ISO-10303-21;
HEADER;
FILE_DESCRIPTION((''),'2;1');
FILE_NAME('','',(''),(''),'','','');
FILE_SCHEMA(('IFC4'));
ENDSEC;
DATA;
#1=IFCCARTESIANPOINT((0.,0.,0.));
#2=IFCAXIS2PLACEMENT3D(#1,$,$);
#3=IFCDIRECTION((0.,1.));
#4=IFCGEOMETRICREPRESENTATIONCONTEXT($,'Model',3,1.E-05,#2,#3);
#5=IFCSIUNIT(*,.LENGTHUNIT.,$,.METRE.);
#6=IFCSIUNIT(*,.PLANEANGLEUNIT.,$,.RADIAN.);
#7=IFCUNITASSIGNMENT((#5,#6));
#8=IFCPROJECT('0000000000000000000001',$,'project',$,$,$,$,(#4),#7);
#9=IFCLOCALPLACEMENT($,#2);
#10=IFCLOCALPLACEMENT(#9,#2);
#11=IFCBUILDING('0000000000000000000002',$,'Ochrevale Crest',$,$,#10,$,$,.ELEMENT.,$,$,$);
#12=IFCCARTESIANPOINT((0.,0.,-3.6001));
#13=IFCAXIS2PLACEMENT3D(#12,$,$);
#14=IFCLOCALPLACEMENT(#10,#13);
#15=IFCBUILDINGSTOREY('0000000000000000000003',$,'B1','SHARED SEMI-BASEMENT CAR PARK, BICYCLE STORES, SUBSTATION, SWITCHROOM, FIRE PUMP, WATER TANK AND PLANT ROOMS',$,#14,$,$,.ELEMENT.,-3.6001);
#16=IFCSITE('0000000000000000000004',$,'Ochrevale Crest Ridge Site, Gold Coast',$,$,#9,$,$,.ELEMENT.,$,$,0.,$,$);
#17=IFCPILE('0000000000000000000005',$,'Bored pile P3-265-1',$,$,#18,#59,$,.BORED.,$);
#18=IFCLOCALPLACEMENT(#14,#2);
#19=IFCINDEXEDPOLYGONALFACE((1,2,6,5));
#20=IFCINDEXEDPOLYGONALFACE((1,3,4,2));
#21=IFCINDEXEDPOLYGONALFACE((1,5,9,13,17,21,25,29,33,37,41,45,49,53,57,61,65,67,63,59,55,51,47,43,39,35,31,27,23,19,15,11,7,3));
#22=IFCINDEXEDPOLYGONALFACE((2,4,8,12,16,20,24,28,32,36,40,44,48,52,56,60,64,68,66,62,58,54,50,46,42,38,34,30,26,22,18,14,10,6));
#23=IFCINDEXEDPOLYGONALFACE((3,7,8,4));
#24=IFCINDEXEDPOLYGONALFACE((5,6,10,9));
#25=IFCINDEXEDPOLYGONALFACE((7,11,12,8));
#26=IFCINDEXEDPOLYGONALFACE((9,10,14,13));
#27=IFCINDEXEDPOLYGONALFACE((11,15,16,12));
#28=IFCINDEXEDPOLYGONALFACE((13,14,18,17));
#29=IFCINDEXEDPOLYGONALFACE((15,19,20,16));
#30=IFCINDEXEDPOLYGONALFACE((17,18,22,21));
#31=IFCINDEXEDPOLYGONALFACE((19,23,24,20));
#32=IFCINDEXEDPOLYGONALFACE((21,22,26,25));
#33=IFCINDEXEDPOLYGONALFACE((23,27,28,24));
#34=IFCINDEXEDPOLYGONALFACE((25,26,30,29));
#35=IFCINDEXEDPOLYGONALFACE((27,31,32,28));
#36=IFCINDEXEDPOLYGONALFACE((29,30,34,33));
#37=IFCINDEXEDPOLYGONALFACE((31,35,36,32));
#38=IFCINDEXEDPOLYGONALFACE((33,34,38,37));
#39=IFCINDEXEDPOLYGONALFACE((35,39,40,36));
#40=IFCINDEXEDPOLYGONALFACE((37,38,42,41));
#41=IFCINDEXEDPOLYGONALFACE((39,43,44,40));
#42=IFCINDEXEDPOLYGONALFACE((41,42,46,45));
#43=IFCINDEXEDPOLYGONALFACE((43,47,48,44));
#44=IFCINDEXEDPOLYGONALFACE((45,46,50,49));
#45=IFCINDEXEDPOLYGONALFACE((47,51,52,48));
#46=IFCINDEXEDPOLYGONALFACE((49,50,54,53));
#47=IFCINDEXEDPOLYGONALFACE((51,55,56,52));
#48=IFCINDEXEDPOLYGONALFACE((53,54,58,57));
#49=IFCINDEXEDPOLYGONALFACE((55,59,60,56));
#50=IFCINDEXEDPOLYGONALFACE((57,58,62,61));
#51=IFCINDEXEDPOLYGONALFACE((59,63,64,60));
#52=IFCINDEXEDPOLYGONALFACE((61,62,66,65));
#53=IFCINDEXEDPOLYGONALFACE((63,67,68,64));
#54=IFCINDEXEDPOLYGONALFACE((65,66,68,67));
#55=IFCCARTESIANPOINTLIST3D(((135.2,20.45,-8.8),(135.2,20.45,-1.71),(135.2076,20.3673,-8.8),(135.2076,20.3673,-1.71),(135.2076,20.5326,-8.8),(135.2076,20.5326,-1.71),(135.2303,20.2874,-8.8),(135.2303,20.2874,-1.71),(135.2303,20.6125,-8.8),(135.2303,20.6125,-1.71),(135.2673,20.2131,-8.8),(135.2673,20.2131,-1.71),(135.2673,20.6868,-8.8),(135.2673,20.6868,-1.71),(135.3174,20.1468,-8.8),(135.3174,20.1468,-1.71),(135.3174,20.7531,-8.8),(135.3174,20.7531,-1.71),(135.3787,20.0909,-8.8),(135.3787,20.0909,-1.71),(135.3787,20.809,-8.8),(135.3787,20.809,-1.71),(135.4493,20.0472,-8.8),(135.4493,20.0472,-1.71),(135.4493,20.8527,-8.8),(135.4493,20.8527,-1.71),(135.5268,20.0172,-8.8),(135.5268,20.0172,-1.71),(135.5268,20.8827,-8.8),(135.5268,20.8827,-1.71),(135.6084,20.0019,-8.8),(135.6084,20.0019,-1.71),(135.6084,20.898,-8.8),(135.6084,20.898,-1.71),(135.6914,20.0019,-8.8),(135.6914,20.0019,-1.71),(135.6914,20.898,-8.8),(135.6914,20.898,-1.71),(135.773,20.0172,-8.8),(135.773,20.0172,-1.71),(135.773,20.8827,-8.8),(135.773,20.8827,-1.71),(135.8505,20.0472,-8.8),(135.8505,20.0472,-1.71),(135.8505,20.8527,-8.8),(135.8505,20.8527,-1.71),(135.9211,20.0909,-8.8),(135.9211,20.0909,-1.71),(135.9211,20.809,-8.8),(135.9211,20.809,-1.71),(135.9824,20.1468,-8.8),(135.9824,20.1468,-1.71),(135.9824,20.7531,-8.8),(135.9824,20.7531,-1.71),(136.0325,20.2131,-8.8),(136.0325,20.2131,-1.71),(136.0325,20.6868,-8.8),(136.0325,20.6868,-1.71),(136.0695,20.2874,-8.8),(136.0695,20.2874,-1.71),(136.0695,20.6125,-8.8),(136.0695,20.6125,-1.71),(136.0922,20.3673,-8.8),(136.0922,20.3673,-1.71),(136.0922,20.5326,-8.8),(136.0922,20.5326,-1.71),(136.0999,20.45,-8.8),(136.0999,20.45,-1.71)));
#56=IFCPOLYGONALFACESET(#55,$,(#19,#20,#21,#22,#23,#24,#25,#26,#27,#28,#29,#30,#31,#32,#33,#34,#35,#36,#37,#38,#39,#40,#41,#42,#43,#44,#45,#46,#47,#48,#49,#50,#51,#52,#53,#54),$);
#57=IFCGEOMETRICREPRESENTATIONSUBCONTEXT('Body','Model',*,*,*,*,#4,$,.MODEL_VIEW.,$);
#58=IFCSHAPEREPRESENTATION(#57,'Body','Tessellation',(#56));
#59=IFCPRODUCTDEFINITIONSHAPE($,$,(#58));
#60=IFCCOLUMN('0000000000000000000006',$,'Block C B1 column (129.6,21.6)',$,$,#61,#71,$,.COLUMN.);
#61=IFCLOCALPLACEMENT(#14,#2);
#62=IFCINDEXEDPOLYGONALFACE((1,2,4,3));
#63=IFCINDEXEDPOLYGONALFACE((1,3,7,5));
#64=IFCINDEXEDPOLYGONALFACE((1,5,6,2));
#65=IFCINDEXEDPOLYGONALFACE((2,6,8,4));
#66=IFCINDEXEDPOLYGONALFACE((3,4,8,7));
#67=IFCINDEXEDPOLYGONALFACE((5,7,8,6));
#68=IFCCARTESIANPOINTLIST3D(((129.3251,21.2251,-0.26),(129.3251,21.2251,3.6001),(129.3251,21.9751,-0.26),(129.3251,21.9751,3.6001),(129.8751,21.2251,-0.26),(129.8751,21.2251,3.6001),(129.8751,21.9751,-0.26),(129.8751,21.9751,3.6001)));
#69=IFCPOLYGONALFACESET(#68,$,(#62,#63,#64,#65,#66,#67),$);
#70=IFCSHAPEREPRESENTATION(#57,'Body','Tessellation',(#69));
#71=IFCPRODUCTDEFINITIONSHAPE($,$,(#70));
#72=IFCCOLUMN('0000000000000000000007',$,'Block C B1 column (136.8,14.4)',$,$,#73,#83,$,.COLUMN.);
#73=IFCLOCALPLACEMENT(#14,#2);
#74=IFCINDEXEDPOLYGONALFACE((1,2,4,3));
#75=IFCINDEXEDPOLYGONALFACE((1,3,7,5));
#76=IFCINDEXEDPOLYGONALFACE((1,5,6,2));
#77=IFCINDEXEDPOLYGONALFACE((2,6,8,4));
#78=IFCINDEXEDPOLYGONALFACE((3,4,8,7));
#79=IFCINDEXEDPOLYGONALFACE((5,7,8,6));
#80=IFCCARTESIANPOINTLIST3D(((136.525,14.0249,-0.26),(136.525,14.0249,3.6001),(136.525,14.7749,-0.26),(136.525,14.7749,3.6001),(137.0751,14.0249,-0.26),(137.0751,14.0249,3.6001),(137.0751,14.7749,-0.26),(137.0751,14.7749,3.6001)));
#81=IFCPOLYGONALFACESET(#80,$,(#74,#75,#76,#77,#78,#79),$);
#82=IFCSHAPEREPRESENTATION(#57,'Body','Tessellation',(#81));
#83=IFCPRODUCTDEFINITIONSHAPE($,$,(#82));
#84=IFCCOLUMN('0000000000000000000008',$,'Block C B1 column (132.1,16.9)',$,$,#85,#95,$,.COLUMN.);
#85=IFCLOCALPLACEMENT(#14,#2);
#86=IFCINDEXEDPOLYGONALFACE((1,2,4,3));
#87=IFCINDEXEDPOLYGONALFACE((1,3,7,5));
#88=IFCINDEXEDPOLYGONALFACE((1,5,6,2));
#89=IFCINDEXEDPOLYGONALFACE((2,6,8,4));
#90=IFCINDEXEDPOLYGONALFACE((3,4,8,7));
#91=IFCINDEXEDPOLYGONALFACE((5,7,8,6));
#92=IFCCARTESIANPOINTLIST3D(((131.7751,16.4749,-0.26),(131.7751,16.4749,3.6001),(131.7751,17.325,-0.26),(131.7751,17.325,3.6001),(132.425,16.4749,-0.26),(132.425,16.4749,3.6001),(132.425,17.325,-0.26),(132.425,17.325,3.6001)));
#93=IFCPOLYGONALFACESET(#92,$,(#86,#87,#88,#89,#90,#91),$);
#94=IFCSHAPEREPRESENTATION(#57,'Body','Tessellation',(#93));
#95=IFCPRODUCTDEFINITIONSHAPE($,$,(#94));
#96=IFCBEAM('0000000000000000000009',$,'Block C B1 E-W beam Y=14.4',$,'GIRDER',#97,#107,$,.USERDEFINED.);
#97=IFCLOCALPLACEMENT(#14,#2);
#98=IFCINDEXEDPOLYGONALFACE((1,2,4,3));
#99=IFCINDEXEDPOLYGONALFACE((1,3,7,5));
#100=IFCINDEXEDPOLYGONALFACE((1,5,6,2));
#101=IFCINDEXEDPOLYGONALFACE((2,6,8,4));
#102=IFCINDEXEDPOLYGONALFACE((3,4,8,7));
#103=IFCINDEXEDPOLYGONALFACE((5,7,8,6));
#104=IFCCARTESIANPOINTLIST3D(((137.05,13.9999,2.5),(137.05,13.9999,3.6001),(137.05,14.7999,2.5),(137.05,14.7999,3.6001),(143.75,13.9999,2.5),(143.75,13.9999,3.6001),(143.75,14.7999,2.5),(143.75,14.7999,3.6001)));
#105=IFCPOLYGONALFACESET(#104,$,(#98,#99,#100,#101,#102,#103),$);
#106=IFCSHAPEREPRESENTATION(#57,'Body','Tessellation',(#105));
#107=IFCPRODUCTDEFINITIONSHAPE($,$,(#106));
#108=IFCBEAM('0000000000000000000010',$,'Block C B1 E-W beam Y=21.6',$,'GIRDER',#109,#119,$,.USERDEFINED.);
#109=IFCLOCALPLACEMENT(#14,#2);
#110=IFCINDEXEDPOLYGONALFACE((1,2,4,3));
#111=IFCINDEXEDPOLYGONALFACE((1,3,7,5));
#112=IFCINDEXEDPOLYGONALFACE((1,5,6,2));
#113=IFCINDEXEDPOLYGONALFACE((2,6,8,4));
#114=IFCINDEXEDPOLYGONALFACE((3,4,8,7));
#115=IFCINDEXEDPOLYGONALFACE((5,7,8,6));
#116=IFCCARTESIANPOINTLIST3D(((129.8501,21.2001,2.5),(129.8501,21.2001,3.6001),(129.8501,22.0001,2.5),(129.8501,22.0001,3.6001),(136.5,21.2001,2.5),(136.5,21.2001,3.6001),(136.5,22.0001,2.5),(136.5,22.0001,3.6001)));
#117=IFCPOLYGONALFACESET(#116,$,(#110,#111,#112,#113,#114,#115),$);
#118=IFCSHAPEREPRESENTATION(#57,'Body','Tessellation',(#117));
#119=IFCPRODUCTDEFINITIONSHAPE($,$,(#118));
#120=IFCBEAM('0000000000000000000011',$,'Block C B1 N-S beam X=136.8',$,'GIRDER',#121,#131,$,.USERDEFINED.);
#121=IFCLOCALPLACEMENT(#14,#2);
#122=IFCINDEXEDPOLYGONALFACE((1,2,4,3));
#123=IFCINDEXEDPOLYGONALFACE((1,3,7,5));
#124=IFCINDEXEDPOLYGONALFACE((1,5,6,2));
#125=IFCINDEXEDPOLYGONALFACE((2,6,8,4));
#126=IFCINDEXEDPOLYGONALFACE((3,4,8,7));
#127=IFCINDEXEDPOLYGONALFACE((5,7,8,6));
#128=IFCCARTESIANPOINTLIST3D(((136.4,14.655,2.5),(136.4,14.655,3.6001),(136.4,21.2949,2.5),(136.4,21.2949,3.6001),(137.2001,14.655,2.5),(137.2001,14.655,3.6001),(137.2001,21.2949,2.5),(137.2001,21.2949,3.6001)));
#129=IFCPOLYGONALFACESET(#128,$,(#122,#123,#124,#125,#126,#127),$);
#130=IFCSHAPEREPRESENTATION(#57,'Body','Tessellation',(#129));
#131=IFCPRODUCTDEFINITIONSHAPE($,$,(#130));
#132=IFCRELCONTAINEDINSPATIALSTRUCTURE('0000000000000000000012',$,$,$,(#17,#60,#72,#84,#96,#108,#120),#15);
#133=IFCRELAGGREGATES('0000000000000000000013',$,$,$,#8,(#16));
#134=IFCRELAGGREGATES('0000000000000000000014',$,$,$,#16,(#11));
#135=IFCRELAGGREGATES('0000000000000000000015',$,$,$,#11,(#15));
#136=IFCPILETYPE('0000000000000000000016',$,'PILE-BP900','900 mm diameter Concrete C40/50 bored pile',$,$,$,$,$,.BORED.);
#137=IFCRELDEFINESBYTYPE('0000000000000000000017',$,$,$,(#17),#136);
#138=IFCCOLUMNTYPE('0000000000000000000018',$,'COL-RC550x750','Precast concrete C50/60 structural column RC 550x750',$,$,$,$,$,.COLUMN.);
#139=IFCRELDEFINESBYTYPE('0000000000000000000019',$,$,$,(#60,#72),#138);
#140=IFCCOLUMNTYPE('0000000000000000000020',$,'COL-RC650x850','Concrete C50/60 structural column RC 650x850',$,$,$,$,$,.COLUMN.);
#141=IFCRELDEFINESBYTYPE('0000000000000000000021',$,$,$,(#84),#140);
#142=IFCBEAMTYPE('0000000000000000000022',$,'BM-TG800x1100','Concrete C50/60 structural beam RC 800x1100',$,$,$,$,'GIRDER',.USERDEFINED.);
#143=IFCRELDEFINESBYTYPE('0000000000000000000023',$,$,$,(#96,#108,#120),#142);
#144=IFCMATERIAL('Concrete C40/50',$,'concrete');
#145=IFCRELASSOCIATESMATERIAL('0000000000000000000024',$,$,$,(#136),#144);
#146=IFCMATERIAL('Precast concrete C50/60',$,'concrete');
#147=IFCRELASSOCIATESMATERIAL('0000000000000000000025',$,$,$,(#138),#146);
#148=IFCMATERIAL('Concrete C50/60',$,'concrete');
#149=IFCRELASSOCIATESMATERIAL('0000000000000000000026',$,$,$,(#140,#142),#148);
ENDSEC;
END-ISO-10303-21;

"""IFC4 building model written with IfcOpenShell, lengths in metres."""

from ifc_helpers import new_model, si_unit, direction, frame, origin, origin_2d, place, context, subcontext, project, spatial, rectangle, circle, extrude, material, material_profile, profile_set, type_object, element, save


model = new_model("IFC4")

# Units and contexts
model_context = context("Model", 3, precision=1e-05, world=origin(), true_north=direction((0.0, 1.0)))
body_context = subcontext(model_context, "Body", "Model", "MODEL_VIEW")
ifc_project = project(units=[si_unit("LENGTHUNIT", "METRE"), si_unit("PLANEANGLEUNIT", "RADIAN")], contexts=[model_context])

# Site, building, storey
site_placement = place(None, origin())
site = spatial("IfcSite", under=ifc_project, at=site_placement, Name="Ochrevale Crest Ridge Site, Gold Coast", CompositionType="ELEMENT", RefElevation=0.0)
building_placement = place(site_placement, origin())
building = spatial("IfcBuilding", under=site, at=building_placement, Name="Ochrevale Crest", CompositionType="ELEMENT")
storey_placement = place(building_placement, frame((0.0, 0.0, -3.6001)))
storey = spatial("IfcBuildingStorey", under=building, at=storey_placement, Name="B1", Description="SHARED SEMI-BASEMENT CAR PARK, BICYCLE STORES, SUBSTATION, SWITCHROOM, FIRE PUMP, WATER TANK AND PLANT ROOMS", CompositionType="ELEMENT", Elevation=-3.6001)

# Shared definitions
ifc_material_1 = material(Name="Concrete C40/50", Category="concrete")

# Pile
ifc_material_profile_1 = material_profile(ifc_material_1, circle(Radius=0.45, at=origin_2d()), Name="BORED PILE 900")
ifc_profile_set_1 = profile_set([ifc_material_profile_1], Name="Concrete C40/50")
pile_type_1 = type_object("IfcPileType", Name="PILE-BP900", Description="900 mm diameter Concrete C40/50 bored pile", PredefinedType="BORED", material=ifc_profile_set_1)
pile_placement = place(storey_placement, frame((135.6499, 20.45, -1.71), z_axis=(0.0, 0.0, -1.0), x_axis=(1.0, 0.0, 0.0)))
element("IfcPile", 1, at=pile_placement, inside=storey, type_object=pile_type_1, Name="Bored pile P3-265-1", PredefinedType="BORED", context=body_context, shape_type="SweptSolid", body=[
    extrude(circle(Radius=0.45, at=origin_2d()), origin(), (0.0, 0.0, 1.0), 7.0901),
])

# Columns
ifc_material_2 = material(Name="Precast concrete C50/60", Category="concrete")
ifc_material_profile_2 = material_profile(ifc_material_2, rectangle(XDim=0.55, YDim=0.75, at=origin_2d()), Name="RC 550x750")
ifc_profile_set_2 = profile_set([ifc_material_profile_2], Name="Precast concrete C50/60")
column_type_1 = type_object("IfcColumnType", Name="COL-RC550x750", Description="Precast concrete C50/60 structural column RC 550x750", PredefinedType="COLUMN", material=ifc_profile_set_2)
for number, where, z_axis, x_axis, name in (
    (2, (129.6001, 21.6001, -0.26), (0.0, 0.0, 1.0), (1.0, 0.0, 0.0), "Block C B1 column (129.6,21.6)"),
    (3, (136.8, 14.3999, -0.26), (0.0, 0.0, 1.0), (1.0, 0.0, 0.0), "Block C B1 column (136.8,14.4)"),
):
    element("IfcColumn", number, at=place(storey_placement, frame(where, z_axis=z_axis, x_axis=x_axis)), inside=storey, type_object=column_type_1, Name=name, PredefinedType="COLUMN", context=body_context, shape_type="SweptSolid", body=[
        extrude(rectangle(XDim=0.55, YDim=0.75, at=origin_2d()), origin(), (0.0, 0.0, 1.0), 3.8601),
    ])
ifc_material_3 = material(Name="Concrete C50/60", Category="concrete")
ifc_material_profile_3 = material_profile(ifc_material_3, rectangle(XDim=0.6499, YDim=0.8501, at=origin_2d()), Name="RC 650x850")
ifc_profile_set_3 = profile_set([ifc_material_profile_3], Name="Concrete C50/60")
column_type_2 = type_object("IfcColumnType", Name="COL-RC650x850", Description="Concrete C50/60 structural column RC 650x850", PredefinedType="COLUMN", material=ifc_profile_set_3)
column_placement = place(storey_placement, frame((132.1001, 16.8999, -0.26), z_axis=(0.0, 0.0, 1.0), x_axis=(1.0, 0.0, 0.0)))
element("IfcColumn", 4, at=column_placement, inside=storey, type_object=column_type_2, Name="Block C B1 column (132.1,16.9)", PredefinedType="COLUMN", context=body_context, shape_type="SweptSolid", body=[
    extrude(rectangle(XDim=0.6499, YDim=0.8501, at=origin_2d()), origin(), (0.0, 0.0, 1.0), 3.8601),
])

# Beams
ifc_material_profile_4 = material_profile(ifc_material_3, rectangle(XDim=0.8, YDim=1.1001, at=origin_2d()), Name="RC 800x1100")
ifc_profile_set_4 = profile_set([ifc_material_profile_4], Name="Concrete C50/60")
beam_type = type_object("IfcBeamType", Name="BM-TG800x1100", Description="Concrete C50/60 structural beam RC 800x1100", ElementType="GIRDER", PredefinedType="USERDEFINED", material=ifc_profile_set_4)
beam_1_placement = place(storey_placement, frame((137.05, 14.3999, 3.05), z_axis=(1.0, 0.0, 0.0), x_axis=(0.0, 1.0, 0.0)))
element("IfcBeam", 5, at=beam_1_placement, inside=storey, type_object=beam_type, Name="Block C B1 E-W beam Y=14.4", ObjectType="GIRDER", PredefinedType="USERDEFINED", context=body_context, shape_type="SweptSolid", body=[
    extrude(rectangle(XDim=0.8, YDim=1.1001, at=origin_2d()), origin(), (0.0, 0.0, 1.0), 6.7),
])
beam_2_placement = place(storey_placement, frame((129.8501, 21.6001, 3.05), z_axis=(1.0, 0.0, 0.0), x_axis=(0.0, 1.0, 0.0)))
element("IfcBeam", 6, at=beam_2_placement, inside=storey, type_object=beam_type, Name="Block C B1 E-W beam Y=21.6", ObjectType="GIRDER", PredefinedType="USERDEFINED", context=body_context, shape_type="SweptSolid", body=[
    extrude(rectangle(XDim=0.8, YDim=1.1001, at=origin_2d()), origin(), (0.0, 0.0, 1.0), 6.6499),
])
beam_3_placement = place(storey_placement, frame((136.8, 14.655, 3.05), z_axis=(0.0, 1.0, 0.0), x_axis=(-1.0, 0.0, 0.0)))
element("IfcBeam", 7, at=beam_3_placement, inside=storey, type_object=beam_type, Name="Block C B1 N-S beam X=136.8", ObjectType="GIRDER", PredefinedType="USERDEFINED", context=body_context, shape_type="SweptSolid", body=[
    extrude(rectangle(XDim=0.8, YDim=1.1001, at=origin_2d()), origin(), (0.0, 0.0, 1.0), 6.6399),
])

save(model, "model.ifc")
